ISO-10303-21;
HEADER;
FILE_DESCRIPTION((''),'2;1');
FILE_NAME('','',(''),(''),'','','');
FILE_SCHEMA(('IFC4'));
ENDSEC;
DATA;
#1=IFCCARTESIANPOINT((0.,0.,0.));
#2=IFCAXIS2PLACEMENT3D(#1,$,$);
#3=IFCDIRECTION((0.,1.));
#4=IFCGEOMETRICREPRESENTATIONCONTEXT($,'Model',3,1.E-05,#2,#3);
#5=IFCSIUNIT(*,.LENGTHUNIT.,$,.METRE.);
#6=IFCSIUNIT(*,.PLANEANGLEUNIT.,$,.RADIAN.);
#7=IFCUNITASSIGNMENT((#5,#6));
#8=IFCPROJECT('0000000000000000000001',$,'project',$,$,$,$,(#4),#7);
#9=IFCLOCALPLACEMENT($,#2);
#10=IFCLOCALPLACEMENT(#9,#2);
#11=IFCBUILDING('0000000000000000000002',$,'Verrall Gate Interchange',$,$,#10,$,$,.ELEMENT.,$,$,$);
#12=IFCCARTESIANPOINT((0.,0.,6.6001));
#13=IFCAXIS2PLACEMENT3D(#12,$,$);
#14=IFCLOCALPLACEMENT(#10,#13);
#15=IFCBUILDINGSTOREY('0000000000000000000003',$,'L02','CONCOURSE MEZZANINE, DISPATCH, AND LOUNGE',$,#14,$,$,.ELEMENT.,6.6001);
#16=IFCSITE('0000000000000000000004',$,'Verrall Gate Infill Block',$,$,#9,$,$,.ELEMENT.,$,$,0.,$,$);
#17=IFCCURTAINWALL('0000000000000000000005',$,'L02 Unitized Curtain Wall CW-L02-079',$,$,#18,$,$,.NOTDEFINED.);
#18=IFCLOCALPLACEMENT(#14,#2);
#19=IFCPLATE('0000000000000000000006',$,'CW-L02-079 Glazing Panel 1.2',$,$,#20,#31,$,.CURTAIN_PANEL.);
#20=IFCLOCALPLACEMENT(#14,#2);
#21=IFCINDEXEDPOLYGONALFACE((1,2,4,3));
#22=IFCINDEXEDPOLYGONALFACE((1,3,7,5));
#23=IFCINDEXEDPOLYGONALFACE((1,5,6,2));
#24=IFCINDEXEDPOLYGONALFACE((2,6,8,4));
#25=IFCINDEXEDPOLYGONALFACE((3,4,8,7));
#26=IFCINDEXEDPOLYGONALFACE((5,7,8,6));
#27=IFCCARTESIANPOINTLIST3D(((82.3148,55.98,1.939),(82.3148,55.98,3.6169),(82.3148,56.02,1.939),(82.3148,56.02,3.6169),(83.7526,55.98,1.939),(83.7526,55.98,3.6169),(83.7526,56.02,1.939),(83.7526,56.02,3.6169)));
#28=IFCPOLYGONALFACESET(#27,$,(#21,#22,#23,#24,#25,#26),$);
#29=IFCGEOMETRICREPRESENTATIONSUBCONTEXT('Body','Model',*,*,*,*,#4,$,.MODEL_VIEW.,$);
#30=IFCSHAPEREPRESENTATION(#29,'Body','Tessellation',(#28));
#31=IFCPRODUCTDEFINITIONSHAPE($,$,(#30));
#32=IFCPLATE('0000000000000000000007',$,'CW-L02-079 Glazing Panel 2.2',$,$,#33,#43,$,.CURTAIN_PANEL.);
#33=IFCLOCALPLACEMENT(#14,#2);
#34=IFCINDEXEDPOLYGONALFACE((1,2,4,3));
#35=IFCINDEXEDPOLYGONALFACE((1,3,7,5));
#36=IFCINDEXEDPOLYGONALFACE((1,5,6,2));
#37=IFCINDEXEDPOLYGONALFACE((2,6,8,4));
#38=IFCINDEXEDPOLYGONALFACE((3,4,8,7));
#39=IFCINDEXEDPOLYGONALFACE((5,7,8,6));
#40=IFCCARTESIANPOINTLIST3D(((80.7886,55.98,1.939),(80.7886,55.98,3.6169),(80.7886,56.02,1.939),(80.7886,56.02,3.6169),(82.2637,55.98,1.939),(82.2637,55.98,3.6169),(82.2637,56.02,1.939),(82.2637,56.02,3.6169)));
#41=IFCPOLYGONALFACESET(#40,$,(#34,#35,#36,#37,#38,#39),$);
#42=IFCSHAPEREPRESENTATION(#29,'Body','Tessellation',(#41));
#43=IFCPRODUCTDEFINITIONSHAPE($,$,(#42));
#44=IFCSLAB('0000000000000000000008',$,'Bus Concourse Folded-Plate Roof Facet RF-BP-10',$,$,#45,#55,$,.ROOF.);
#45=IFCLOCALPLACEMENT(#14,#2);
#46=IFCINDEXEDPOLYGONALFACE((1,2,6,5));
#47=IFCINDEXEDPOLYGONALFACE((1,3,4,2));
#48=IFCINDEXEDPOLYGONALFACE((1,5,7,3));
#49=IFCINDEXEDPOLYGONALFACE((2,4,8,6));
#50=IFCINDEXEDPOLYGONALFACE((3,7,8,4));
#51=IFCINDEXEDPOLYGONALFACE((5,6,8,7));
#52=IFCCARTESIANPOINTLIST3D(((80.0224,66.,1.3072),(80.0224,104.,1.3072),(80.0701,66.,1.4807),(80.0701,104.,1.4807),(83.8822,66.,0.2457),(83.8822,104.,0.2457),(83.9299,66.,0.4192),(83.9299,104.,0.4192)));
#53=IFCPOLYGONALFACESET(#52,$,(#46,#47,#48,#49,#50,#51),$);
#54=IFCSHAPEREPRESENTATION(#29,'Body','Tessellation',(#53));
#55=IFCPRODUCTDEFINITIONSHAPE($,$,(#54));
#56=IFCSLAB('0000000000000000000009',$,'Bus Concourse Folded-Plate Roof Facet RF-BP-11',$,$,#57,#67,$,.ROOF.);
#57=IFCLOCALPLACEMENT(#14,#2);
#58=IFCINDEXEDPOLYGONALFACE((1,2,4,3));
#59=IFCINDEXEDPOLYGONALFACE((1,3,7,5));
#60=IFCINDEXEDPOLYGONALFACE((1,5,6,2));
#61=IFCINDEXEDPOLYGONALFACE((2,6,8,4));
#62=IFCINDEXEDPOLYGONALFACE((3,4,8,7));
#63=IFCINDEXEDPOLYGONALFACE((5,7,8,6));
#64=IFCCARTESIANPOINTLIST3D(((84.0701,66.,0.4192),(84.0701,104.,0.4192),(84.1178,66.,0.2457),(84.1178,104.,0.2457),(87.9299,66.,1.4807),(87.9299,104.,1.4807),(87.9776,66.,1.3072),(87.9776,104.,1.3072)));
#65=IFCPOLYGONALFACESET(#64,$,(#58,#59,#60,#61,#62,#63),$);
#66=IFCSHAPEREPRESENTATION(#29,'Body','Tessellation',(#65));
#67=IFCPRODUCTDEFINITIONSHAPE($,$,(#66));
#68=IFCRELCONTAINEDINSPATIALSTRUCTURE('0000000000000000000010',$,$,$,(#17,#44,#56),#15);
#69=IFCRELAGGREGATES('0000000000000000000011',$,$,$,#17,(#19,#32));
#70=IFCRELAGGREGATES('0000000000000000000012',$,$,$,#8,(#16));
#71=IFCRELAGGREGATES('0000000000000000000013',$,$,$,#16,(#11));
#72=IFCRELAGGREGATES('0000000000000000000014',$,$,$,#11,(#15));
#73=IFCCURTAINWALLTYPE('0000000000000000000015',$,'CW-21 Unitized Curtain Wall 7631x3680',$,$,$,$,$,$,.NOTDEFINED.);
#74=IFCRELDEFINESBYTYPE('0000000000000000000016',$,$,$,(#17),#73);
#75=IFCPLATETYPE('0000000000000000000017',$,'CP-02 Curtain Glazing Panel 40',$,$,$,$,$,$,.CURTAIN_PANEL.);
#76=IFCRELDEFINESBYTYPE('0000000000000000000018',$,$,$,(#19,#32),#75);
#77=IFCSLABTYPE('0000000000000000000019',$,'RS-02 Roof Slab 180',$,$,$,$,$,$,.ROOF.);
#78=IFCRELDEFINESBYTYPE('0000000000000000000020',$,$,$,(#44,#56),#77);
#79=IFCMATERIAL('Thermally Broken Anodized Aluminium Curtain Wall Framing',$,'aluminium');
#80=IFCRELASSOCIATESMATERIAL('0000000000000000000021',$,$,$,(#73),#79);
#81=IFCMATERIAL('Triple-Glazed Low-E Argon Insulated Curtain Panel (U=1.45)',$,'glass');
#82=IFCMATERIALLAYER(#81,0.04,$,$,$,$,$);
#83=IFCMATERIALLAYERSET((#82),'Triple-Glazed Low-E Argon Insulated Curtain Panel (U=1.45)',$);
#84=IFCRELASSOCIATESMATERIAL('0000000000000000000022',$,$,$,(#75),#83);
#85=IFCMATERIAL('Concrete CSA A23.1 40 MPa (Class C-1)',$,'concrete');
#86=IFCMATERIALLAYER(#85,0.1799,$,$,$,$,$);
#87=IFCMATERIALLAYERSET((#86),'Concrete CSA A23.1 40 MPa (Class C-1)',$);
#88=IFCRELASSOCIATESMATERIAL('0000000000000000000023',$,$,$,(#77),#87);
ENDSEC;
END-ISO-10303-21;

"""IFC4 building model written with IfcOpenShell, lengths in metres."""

from ifc_helpers import new_model, si_unit, direction, frame, origin, origin_2d, place, context, subcontext, project, spatial, polyline, rectangle, outline, extrude, material, layer, layer_set, type_object, element, aggregate, save


model = new_model("IFC4")

# Units and contexts
model_context = context("Model", 3, precision=1e-05, world=origin(), true_north=direction((0.0, 1.0)))
body_context = subcontext(model_context, "Body", "Model", "MODEL_VIEW")
ifc_project = project(units=[si_unit("LENGTHUNIT", "METRE"), si_unit("PLANEANGLEUNIT", "RADIAN")], contexts=[model_context])

# Site, building, storey
site_placement = place(None, origin())
site = spatial("IfcSite", under=ifc_project, at=site_placement, Name="Verrall Gate Infill Block", CompositionType="ELEMENT", RefElevation=0.0)
building_placement = place(site_placement, origin())
building = spatial("IfcBuilding", under=site, at=building_placement, Name="Verrall Gate Interchange", CompositionType="ELEMENT")
storey_placement = place(building_placement, frame((0.0, 0.0, 6.6001)))
storey = spatial("IfcBuildingStorey", under=building, at=storey_placement, Name="L02", Description="CONCOURSE MEZZANINE, DISPATCH, AND LOUNGE", CompositionType="ELEMENT", Elevation=6.6001)

# Curtain wall
ifc_material_1 = material(Name="Thermally Broken Anodized Aluminium Curtain Wall Framing", Category="aluminium")
curtain_wall_type = type_object("IfcCurtainWallType", Name="CW-21 Unitized Curtain Wall 7631x3680", PredefinedType="NOTDEFINED", material=ifc_material_1)
curtain_wall_1_placement = place(storey_placement, origin())
curtain_wall_1 = element("IfcCurtainWall", 1, at=curtain_wall_1_placement, inside=storey, type_object=curtain_wall_type, Name="L02 Unitized Curtain Wall CW-L02-079", PredefinedType="NOTDEFINED")

# Plates
ifc_material_2 = material(Name="Triple-Glazed Low-E Argon Insulated Curtain Panel (U=1.45)", Category="glass")
ifc_layer_1 = layer(ifc_material_2, 0.04)
ifc_layer_set_1 = layer_set([ifc_layer_1], Name="Triple-Glazed Low-E Argon Insulated Curtain Panel (U=1.45)")
plate_type_1 = type_object("IfcPlateType", Name="CP-02 Curtain Glazing Panel 40", PredefinedType="CURTAIN_PANEL", material=ifc_layer_set_1)
plate_1_placement = place(storey_placement, frame((83.0337, 56.0, 1.939), z_axis=(0.0, 0.0, 1.0), x_axis=(-1.0, 0.0, 0.0)))
plate_1 = element("IfcPlate", 2, at=plate_1_placement, type_object=plate_type_1, Name="CW-L02-079 Glazing Panel 1.2", PredefinedType="CURTAIN_PANEL", context=body_context, shape_type="SweptSolid", body=[
    extrude(rectangle(XDim=1.4377, YDim=0.04, at=origin_2d()), origin(), (0.0, 0.0, 1.0), 1.678),
])
plate_2_placement = place(storey_placement, frame((81.5261, 56.0, 1.939), z_axis=(0.0, 0.0, 1.0), x_axis=(-1.0, 0.0, 0.0)))
plate_2 = element("IfcPlate", 3, at=plate_2_placement, type_object=plate_type_1, Name="CW-L02-079 Glazing Panel 2.2", PredefinedType="CURTAIN_PANEL", context=body_context, shape_type="SweptSolid", body=[
    extrude(rectangle(XDim=1.4751, YDim=0.04, at=origin_2d()), origin(), (0.0, 0.0, 1.0), 1.678),
])
aggregate(curtain_wall_1, [plate_1, plate_2])

# Slabs
ifc_material_3 = material(Name="Concrete CSA A23.1 40 MPa (Class C-1)", Category="concrete")
ifc_layer_2 = layer(ifc_material_3, 0.1799)
ifc_layer_set_2 = layer_set([ifc_layer_2], Name="Concrete CSA A23.1 40 MPa (Class C-1)")
slab_type = type_object("IfcSlabType", Name="RS-02 Roof Slab 180", PredefinedType="ROOF", material=ifc_layer_set_2)
for number, where, z_axis, x_axis, name in (
    (4, (80.0701, 66.0, 1.4807), (0.265171, 0.0, 0.964201), (0.964201, 0.0, -0.265171), "Bus Concourse Folded-Plate Roof Facet RF-BP-10"),
    (5, (84.0701, 66.0, 0.4192), (-0.265171, 0.0, 0.964201), (0.964201, 0.0, 0.265171), "Bus Concourse Folded-Plate Roof Facet RF-BP-11"),
):
    element("IfcSlab", number, at=place(storey_placement, frame(where, z_axis=z_axis, x_axis=x_axis)), inside=storey, type_object=slab_type, Name=name, PredefinedType="ROOF", context=body_context, shape_type="SweptSolid", body=[
        extrude(outline(polyline([(0.0, 0.0), (4.0032, 0.0), (4.0032, 38.0), (0.0, 38.0), (0.0, 0.0)])), origin(), (0.0, 0.0, -1.0), 0.1799),
    ])

save(model, "model.ifc")
